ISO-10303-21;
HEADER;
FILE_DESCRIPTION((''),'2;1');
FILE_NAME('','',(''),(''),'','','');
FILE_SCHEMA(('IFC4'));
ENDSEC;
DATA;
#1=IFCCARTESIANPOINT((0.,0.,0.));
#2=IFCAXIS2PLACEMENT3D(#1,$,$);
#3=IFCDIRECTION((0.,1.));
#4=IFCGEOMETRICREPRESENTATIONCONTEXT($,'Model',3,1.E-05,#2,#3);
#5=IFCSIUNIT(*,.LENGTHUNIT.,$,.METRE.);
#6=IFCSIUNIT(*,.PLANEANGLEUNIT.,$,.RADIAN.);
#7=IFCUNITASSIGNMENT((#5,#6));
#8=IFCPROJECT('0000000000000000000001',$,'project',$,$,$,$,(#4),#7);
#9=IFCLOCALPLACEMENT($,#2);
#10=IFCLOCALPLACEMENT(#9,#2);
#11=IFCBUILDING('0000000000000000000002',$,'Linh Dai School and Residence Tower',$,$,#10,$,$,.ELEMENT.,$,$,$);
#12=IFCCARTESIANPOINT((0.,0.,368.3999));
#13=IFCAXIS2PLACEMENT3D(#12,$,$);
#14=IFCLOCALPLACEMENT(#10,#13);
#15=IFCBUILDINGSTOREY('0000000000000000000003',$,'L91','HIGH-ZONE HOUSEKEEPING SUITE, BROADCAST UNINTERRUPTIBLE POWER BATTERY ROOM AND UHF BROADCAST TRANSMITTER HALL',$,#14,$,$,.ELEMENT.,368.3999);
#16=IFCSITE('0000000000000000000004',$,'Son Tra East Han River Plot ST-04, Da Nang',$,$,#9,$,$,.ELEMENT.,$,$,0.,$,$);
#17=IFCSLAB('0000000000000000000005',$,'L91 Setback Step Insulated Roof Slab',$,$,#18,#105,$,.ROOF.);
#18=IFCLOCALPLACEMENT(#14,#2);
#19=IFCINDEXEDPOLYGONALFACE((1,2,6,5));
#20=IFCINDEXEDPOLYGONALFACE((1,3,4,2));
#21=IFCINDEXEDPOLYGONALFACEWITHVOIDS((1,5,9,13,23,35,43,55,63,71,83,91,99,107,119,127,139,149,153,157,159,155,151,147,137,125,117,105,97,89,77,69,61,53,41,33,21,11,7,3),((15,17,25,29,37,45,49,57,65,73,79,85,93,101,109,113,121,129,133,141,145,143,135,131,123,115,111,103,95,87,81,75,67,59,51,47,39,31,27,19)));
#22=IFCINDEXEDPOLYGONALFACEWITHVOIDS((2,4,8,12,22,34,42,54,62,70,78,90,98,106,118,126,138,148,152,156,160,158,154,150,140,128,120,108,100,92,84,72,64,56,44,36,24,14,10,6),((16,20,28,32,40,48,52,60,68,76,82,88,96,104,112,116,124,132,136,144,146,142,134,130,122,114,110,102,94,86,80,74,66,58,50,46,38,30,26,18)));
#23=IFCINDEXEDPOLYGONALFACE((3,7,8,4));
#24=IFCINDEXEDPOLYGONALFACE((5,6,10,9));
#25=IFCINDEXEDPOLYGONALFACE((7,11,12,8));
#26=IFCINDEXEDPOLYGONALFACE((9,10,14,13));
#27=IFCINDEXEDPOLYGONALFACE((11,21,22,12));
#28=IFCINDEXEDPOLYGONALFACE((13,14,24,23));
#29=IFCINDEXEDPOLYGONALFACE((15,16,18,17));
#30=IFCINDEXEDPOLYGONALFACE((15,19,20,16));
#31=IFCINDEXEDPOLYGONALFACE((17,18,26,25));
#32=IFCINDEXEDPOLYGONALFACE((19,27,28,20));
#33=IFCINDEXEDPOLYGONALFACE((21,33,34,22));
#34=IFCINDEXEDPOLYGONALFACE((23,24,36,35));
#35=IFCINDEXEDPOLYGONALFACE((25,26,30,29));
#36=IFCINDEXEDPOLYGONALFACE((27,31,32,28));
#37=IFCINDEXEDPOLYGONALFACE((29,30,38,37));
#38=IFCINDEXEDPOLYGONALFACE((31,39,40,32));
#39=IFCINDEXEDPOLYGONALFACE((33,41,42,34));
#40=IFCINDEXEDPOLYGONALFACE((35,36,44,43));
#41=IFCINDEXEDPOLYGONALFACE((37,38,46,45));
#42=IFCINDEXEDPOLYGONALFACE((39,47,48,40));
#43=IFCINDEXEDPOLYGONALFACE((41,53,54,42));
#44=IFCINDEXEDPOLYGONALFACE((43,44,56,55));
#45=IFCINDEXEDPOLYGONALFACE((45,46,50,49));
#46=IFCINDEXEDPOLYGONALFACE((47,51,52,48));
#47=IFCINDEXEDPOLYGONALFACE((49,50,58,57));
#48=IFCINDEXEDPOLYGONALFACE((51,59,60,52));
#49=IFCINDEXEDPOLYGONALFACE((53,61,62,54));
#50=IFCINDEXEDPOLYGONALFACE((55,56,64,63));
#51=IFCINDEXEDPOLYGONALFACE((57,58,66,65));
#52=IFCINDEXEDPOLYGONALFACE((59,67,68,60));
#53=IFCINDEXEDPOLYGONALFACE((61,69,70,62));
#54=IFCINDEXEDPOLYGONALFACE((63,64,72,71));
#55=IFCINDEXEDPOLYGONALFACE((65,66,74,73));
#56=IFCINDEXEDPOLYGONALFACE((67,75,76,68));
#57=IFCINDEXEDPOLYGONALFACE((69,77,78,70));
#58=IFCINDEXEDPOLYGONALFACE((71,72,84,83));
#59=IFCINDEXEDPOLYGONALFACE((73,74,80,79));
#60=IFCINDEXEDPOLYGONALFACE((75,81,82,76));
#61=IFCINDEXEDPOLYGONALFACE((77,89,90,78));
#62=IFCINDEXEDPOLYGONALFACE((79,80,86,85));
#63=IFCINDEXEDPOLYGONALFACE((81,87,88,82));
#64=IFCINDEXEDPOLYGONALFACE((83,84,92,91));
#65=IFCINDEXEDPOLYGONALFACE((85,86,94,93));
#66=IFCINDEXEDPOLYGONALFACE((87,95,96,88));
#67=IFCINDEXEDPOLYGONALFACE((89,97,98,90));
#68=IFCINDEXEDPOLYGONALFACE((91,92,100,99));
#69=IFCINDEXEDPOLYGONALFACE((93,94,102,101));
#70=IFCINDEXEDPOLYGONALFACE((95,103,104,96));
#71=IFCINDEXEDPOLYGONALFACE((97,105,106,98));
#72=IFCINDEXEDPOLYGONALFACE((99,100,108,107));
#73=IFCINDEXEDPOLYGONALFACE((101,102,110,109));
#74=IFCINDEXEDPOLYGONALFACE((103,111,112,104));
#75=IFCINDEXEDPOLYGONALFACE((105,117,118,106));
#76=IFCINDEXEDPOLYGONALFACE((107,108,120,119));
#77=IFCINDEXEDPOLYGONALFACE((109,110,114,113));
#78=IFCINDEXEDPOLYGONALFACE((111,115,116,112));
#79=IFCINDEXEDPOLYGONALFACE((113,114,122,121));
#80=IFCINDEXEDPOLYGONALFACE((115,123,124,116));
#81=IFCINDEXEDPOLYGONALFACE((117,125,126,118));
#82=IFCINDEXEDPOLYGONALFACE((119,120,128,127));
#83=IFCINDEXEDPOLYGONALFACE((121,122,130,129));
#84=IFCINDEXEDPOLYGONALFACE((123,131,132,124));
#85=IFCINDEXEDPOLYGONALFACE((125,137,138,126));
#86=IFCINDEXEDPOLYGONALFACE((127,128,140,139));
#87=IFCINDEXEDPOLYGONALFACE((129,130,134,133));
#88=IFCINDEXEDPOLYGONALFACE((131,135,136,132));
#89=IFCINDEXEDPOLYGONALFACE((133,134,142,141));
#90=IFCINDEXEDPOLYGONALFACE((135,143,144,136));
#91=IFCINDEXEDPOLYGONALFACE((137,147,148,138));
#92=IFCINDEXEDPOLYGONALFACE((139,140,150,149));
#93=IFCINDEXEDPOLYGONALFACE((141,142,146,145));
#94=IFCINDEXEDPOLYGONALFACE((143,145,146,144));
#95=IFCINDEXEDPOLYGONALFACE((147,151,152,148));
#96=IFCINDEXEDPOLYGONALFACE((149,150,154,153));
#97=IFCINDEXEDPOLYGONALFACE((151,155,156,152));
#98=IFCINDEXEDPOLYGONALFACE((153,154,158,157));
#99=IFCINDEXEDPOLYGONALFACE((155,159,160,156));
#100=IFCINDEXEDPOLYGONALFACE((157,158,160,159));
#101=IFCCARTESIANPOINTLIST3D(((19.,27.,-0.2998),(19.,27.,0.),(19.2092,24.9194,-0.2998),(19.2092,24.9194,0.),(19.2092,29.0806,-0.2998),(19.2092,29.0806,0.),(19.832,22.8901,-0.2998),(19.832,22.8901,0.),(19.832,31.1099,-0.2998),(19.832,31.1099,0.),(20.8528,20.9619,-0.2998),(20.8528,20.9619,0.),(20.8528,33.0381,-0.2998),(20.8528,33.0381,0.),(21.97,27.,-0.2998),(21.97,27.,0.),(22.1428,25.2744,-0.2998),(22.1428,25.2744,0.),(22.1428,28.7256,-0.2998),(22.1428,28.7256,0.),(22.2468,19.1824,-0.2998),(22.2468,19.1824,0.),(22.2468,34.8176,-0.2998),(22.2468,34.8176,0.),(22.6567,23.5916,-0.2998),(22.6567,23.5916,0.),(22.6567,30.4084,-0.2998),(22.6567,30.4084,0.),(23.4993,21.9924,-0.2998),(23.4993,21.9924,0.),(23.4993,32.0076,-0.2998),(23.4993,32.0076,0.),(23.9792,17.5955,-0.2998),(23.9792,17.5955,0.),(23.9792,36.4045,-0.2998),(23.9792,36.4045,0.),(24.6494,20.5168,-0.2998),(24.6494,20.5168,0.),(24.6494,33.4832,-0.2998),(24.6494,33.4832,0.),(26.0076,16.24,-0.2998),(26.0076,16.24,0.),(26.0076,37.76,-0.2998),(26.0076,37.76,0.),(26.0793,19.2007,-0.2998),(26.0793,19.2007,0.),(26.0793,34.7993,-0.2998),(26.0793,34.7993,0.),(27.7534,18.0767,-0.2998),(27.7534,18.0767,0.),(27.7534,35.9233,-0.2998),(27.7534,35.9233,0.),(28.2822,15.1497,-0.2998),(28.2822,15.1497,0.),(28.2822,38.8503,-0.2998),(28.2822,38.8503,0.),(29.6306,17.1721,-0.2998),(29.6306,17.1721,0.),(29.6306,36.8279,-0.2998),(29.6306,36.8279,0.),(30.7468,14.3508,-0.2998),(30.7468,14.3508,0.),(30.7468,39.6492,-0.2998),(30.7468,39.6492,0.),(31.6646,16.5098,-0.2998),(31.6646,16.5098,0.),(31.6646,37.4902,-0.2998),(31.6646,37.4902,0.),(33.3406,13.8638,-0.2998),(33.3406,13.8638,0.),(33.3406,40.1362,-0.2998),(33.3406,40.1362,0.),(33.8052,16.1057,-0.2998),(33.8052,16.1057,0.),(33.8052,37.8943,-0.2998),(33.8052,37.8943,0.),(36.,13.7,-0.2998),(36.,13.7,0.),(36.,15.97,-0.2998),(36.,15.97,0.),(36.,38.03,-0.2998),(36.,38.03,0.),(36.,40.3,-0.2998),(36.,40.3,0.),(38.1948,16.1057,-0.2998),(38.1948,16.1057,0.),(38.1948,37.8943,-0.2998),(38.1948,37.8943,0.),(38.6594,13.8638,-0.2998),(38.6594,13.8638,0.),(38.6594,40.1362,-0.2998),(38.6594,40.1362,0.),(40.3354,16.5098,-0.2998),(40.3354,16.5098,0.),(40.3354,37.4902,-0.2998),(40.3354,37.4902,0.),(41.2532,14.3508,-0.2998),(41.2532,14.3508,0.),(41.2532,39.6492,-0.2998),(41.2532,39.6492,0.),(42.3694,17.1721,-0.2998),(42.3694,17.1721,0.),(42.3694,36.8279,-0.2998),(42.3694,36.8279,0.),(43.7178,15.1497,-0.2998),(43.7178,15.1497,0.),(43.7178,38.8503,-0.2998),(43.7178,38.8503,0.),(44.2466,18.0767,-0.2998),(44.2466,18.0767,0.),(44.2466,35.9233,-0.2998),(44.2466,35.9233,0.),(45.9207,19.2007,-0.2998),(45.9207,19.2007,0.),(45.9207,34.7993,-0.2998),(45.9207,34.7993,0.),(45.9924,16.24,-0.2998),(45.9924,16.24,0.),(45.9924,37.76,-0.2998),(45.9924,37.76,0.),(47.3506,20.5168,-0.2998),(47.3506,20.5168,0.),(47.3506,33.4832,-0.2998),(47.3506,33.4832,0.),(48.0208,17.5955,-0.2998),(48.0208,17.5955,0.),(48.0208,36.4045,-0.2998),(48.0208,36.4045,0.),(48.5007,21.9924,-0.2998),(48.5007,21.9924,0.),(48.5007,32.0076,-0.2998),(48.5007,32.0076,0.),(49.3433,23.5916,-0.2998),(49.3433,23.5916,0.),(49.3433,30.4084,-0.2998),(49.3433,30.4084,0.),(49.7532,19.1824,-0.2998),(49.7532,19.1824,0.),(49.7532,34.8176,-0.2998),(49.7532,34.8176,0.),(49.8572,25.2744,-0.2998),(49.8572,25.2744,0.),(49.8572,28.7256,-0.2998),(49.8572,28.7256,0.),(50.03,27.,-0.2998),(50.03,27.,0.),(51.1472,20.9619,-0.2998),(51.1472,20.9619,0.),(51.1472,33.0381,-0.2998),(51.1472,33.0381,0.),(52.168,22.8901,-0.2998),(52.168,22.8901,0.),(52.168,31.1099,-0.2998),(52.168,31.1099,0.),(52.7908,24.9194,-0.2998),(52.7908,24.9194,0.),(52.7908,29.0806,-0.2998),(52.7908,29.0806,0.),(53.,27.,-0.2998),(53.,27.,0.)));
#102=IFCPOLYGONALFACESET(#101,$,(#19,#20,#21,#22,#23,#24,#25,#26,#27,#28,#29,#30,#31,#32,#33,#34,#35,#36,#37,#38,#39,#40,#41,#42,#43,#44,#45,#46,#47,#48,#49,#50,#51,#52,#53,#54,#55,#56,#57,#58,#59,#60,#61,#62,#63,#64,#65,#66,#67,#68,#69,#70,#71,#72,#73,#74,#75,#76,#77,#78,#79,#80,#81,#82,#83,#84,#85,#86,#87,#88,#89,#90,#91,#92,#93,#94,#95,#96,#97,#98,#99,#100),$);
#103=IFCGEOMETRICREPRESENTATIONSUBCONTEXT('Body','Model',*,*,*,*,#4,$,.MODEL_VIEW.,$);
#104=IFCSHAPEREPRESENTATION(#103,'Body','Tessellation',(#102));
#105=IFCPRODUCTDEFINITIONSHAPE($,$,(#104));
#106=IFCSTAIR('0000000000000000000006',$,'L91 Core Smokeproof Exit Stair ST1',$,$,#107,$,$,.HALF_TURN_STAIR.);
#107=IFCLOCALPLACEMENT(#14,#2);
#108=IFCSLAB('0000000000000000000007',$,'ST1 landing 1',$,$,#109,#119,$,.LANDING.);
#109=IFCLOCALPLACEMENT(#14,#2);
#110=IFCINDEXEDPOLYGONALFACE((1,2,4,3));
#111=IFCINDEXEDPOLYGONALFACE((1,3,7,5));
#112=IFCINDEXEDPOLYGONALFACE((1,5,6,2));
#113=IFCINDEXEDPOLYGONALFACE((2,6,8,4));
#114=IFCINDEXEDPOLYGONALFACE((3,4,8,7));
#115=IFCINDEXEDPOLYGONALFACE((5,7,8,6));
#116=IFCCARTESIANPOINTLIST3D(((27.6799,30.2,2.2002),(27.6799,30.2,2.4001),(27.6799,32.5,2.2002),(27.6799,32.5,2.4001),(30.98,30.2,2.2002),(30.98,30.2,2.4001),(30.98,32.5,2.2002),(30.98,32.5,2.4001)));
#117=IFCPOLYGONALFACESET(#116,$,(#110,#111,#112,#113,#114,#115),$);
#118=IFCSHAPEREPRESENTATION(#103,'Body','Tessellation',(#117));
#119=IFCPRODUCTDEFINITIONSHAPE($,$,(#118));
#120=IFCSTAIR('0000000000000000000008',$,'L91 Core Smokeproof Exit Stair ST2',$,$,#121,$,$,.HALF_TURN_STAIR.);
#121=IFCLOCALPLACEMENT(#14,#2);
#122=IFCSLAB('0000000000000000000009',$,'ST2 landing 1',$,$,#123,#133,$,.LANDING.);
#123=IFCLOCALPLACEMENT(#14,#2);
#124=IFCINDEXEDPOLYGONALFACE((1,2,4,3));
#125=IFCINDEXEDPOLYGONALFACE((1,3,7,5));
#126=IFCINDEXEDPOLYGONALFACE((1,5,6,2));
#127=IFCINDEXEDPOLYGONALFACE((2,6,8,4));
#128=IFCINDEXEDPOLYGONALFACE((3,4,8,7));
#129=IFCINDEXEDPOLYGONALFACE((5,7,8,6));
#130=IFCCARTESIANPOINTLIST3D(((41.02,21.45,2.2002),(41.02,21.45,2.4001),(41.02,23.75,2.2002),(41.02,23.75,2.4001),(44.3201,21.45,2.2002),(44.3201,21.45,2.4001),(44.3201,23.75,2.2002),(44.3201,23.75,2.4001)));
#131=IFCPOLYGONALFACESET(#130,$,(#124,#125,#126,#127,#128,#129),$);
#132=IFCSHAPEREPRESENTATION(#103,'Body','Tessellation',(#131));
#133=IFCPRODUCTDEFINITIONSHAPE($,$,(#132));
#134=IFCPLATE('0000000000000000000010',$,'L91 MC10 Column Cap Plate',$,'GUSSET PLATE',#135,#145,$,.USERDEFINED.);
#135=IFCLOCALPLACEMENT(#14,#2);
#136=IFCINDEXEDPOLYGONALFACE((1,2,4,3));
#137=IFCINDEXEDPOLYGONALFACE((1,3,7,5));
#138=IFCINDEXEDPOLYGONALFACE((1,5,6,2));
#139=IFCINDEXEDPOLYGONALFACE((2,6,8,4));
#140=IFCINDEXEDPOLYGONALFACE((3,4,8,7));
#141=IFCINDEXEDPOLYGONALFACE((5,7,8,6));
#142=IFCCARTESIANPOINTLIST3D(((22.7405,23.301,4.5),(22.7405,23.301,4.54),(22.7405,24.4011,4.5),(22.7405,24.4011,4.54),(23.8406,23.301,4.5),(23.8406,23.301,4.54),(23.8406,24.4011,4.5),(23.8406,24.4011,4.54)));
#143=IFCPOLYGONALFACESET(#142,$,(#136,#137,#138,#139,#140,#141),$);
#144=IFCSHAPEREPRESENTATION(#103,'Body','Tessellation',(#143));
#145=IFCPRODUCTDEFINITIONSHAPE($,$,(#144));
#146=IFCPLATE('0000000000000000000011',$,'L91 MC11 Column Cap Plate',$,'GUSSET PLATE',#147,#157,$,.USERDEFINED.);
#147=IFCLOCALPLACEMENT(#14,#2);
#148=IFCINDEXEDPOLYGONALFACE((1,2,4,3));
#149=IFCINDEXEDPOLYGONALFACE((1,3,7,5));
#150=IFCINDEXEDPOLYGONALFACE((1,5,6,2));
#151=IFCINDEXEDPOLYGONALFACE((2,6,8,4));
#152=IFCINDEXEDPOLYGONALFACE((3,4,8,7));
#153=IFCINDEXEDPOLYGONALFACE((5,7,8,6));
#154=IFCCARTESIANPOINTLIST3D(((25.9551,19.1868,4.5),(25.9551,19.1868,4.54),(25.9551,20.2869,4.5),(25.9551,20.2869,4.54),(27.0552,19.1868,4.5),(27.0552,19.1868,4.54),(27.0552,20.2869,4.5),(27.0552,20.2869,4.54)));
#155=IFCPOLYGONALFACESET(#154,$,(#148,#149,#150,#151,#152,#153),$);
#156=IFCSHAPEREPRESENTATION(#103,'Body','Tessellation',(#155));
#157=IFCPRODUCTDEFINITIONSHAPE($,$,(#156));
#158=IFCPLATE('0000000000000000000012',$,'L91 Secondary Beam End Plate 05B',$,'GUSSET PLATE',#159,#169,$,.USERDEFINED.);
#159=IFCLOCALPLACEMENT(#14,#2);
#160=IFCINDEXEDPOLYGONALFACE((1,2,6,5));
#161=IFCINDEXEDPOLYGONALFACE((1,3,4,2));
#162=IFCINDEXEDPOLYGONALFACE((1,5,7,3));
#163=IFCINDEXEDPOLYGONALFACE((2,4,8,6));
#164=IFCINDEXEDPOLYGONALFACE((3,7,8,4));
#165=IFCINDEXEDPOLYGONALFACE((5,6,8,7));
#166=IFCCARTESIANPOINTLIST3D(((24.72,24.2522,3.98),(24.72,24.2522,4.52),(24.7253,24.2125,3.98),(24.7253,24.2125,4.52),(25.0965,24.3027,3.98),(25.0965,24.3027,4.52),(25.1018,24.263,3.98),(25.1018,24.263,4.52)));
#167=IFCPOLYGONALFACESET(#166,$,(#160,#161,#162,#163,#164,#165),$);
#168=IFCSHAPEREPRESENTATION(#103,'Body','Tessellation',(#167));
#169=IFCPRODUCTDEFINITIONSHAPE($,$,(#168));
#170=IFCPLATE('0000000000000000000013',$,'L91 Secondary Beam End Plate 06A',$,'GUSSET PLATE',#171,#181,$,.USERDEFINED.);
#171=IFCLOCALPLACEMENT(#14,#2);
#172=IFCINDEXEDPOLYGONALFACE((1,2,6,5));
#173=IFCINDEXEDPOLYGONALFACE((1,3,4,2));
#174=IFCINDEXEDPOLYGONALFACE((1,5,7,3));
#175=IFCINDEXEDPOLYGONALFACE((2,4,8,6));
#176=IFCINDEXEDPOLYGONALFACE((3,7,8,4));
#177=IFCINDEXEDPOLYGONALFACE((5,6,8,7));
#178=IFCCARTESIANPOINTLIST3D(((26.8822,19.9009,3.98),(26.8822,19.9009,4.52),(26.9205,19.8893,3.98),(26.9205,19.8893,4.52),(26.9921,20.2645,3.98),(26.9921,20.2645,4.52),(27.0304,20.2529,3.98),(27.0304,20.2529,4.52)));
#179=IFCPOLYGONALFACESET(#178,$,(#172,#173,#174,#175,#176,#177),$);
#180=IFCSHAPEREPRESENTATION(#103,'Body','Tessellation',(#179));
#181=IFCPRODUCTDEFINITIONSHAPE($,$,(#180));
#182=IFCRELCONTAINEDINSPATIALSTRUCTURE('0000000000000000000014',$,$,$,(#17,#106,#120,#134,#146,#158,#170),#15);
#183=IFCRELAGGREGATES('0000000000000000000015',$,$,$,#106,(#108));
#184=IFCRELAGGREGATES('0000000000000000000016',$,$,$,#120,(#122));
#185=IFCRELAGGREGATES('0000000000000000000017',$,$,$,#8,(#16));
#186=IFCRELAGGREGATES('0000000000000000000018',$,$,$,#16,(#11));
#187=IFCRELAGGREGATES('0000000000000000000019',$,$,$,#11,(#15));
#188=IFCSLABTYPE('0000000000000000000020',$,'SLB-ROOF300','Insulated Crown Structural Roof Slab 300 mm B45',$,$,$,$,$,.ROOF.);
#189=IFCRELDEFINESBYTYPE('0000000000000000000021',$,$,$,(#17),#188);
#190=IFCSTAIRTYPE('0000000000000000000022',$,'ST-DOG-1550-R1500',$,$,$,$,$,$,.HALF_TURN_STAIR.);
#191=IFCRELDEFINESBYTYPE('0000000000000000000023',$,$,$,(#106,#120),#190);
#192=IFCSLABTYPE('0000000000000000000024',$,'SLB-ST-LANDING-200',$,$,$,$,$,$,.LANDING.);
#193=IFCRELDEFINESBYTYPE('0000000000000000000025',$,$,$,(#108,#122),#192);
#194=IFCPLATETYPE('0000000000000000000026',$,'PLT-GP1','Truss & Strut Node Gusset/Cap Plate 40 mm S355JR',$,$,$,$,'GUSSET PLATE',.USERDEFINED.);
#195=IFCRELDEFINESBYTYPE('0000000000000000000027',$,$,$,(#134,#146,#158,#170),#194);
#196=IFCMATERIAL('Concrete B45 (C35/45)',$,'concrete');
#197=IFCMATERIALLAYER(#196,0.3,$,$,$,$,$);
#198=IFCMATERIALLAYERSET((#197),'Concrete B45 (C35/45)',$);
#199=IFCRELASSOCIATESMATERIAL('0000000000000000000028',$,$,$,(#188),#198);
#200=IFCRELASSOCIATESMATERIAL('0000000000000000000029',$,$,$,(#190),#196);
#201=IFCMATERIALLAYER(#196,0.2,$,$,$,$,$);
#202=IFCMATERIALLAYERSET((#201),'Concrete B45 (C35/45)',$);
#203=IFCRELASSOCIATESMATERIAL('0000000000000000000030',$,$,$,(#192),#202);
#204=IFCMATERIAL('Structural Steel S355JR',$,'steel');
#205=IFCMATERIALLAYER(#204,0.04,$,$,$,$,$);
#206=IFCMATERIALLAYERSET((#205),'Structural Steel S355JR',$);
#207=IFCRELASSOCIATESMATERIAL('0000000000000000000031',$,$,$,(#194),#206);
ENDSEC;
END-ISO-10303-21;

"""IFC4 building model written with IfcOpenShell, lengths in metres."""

from ifc_helpers import new_model, si_unit, direction, frame, origin, origin_2d, place, context, subcontext, project, spatial, polyline, rectangle, outline, extrude, source, transform, mapped, material, layer, layer_set, type_object, element, aggregate, save


model = new_model("IFC4")

# Units and contexts
model_context = context("Model", 3, precision=1e-05, world=origin(), true_north=direction((0.0, 1.0)))
body_context = subcontext(model_context, "Body", "Model", "MODEL_VIEW")
ifc_project = project(units=[si_unit("LENGTHUNIT", "METRE"), si_unit("PLANEANGLEUNIT", "RADIAN")], contexts=[model_context])

# Site, building, storey
site_placement = place(None, origin())
site = spatial("IfcSite", under=ifc_project, at=site_placement, Name="Son Tra East Han River Plot ST-04, Da Nang", CompositionType="ELEMENT", RefElevation=0.0)
building_placement = place(site_placement, origin())
building = spatial("IfcBuilding", under=site, at=building_placement, Name="Linh Dai School and Residence Tower", CompositionType="ELEMENT")
storey_placement = place(building_placement, frame((0.0, 0.0, 368.3999)))
storey = spatial("IfcBuildingStorey", under=building, at=storey_placement, Name="L91", Description="HIGH-ZONE HOUSEKEEPING SUITE, BROADCAST UNINTERRUPTIBLE POWER BATTERY ROOM AND UHF BROADCAST TRANSMITTER HALL", CompositionType="ELEMENT", Elevation=368.3999)

# Shared definitions
ifc_material_1 = material(Name="Concrete B45 (C35/45)", Category="concrete")
ifc_material_2 = material(Name="Structural Steel S355JR", Category="steel")

# Slab
ifc_layer_1 = layer(ifc_material_1, 0.3)
ifc_layer_set_1 = layer_set([ifc_layer_1], Name="Concrete B45 (C35/45)")
slab_type_1 = type_object("IfcSlabType", Name="SLB-ROOF300", Description="Insulated Crown Structural Roof Slab 300 mm B45", PredefinedType="ROOF", material=ifc_layer_set_1)
slab_1_placement = place(storey_placement, frame((0.0, 0.0, -0.2998)))
element("IfcSlab", 1, at=slab_1_placement, inside=storey, type_object=slab_type_1, Name="L91 Setback Step Insulated Roof Slab", PredefinedType="ROOF", context=body_context, shape_type="SweptSolid", body=[
    extrude(outline(polyline([(53.0, 27.0), (52.7908, 29.0806), (52.168, 31.1099), (51.1472, 33.0381), (49.7532, 34.8176), (48.0208, 36.4045), (45.9924, 37.76), (43.7178, 38.8503), (41.2532, 39.6492), (38.6594, 40.1362), (36.0, 40.3), (33.3406, 40.1362), (30.7468, 39.6492), (28.2822, 38.8503), (26.0076, 37.76), (23.9792, 36.4045), (22.2468, 34.8176), (20.8528, 33.0381), (19.832, 31.1099), (19.2092, 29.0806), (19.0, 27.0), (19.2092, 24.9194), (19.832, 22.8901), (20.8528, 20.9619), (22.2468, 19.1824), (23.9792, 17.5955), (26.0076, 16.24), (28.2822, 15.1497), (30.7468, 14.3508), (33.3406, 13.8638), (36.0, 13.7), (38.6594, 13.8638), (41.2532, 14.3508), (43.7178, 15.1497), (45.9924, 16.24), (48.0208, 17.5955), (49.7532, 19.1824), (51.1472, 20.9619), (52.168, 22.8901), (52.7908, 24.9194), (53.0, 27.0)]), holes=[polyline([(50.03, 27.0), (49.8572, 28.7256), (49.3433, 30.4084), (48.5007, 32.0076), (47.3506, 33.4832), (45.9207, 34.7993), (44.2466, 35.9233), (42.3694, 36.8279), (40.3354, 37.4902), (38.1948, 37.8943), (36.0, 38.03), (33.8052, 37.8943), (31.6646, 37.4902), (29.6306, 36.8279), (27.7534, 35.9233), (26.0793, 34.7993), (24.6494, 33.4832), (23.4993, 32.0076), (22.6567, 30.4084), (22.1428, 28.7256), (21.97, 27.0), (22.1428, 25.2744), (22.6567, 23.5916), (23.4993, 21.9924), (24.6494, 20.5168), (26.0793, 19.2007), (27.7534, 18.0767), (29.6306, 17.1721), (31.6646, 16.5098), (33.8052, 16.1057), (36.0, 15.97), (38.1948, 16.1057), (40.3354, 16.5098), (42.3694, 17.1721), (44.2466, 18.0767), (45.9207, 19.2007), (47.3506, 20.5168), (48.5007, 21.9924), (49.3433, 23.5916), (49.8572, 25.2744), (50.03, 27.0)])]), origin(), (0.0, 0.0, 1.0), 0.2998),
])

# Stairs, slabs
stair_type = type_object("IfcStairType", Name="ST-DOG-1550-R1500", PredefinedType="HALF_TURN_STAIR", material=ifc_material_1)
stair_1_placement = place(storey_placement, origin())
stair_1 = element("IfcStair", 2, at=stair_1_placement, inside=storey, type_object=stair_type, Name="L91 Core Smokeproof Exit Stair ST1", PredefinedType="HALF_TURN_STAIR")
ifc_layer_2 = layer(ifc_material_1, 0.2)
ifc_layer_set_2 = layer_set([ifc_layer_2], Name="Concrete B45 (C35/45)")
slab_type_2 = type_object("IfcSlabType", Name="SLB-ST-LANDING-200", PredefinedType="LANDING", material=ifc_layer_set_2)
slab_2_placement = place(storey_placement, frame((0.0, 0.0, 2.2002)))
slab_2 = element("IfcSlab", 3, at=slab_2_placement, type_object=slab_type_2, Name="ST1 landing 1", PredefinedType="LANDING", context=body_context, shape_type="SweptSolid", body=[
    extrude(outline(polyline([(30.98, 30.2), (30.98, 32.5), (27.6799, 32.5), (27.6799, 30.2), (30.98, 30.2)])), origin(), (0.0, 0.0, 1.0), 0.2),
])
aggregate(stair_1, [slab_2])
stair_2_placement = place(storey_placement, origin())
stair_2 = element("IfcStair", 4, at=stair_2_placement, inside=storey, type_object=stair_type, Name="L91 Core Smokeproof Exit Stair ST2", PredefinedType="HALF_TURN_STAIR")
slab_3_placement = place(storey_placement, frame((0.0, 0.0, 2.2002)))
slab_3 = element("IfcSlab", 5, at=slab_3_placement, type_object=slab_type_2, Name="ST2 landing 1", PredefinedType="LANDING", context=body_context, shape_type="SweptSolid", body=[
    extrude(outline(polyline([(41.02, 23.75), (41.02, 21.45), (44.3201, 21.45), (44.3201, 23.75), (41.02, 23.75)])), origin(), (0.0, 0.0, 1.0), 0.2),
])
aggregate(stair_2, [slab_3])

# Plates
ifc_layer_3 = layer(ifc_material_2, 0.04)
ifc_layer_set_3 = layer_set([ifc_layer_3], Name="Structural Steel S355JR")
plate_type = type_object("IfcPlateType", Name="PLT-GP1", Description="Truss & Strut Node Gusset/Cap Plate 40 mm S355JR", ElementType="GUSSET PLATE", PredefinedType="USERDEFINED", material=ifc_layer_set_3)
shared_shape_1 = source(origin(), body_context, "Body", "SweptSolid", [
    extrude(rectangle(XDim=1.1001, YDim=1.1001, at=origin_2d()), origin(), (0.0, 0.0, 1.0), 0.04),
])
for number, where, z_axis, x_axis, name in (
    (6, (23.2905, 23.8511, 4.5), (0.0, 0.0, 1.0), (1.0, 0.0, 0.0), "L91 MC10 Column Cap Plate"),
    (7, (26.5051, 19.7368, 4.5), (0.0, 0.0, 1.0), (1.0, 0.0, 0.0), "L91 MC11 Column Cap Plate"),
):
    element("IfcPlate", number, at=place(storey_placement, frame(where, z_axis=z_axis, x_axis=x_axis)), inside=storey, type_object=plate_type, Name=name, ObjectType="GUSSET PLATE", PredefinedType="USERDEFINED", context=body_context, shape_type="MappedRepresentation", body=[
        mapped(shared_shape_1, transform((0.0, 0.0, 0.0), x_axis=(1.0, 0.0, 0.0), y_axis=(0.0, 1.0, 0.0), z_axis=(0.0, 0.0, 1.0), scale=1.0)),
    ])
shared_shape_2 = source(origin(), body_context, "Body", "SweptSolid", [
    extrude(rectangle(XDim=0.04, YDim=0.3799, at=origin_2d()), origin(), (0.0, 0.0, 1.0), 0.54),
])
for number, where, z_axis, x_axis, name in (
    (8, (24.9109, 24.2576, 3.98), (0.0, 0.0, 1.0), (0.132973, -0.99112, 0.0), "L91 Secondary Beam End Plate 05B"),
    (9, (26.9563, 20.0769, 3.98), (0.0, 0.0, 1.0), (0.957203, -0.289419, 0.0), "L91 Secondary Beam End Plate 06A"),
):
    element("IfcPlate", number, at=place(storey_placement, frame(where, z_axis=z_axis, x_axis=x_axis)), inside=storey, type_object=plate_type, Name=name, ObjectType="GUSSET PLATE", PredefinedType="USERDEFINED", context=body_context, shape_type="MappedRepresentation", body=[
        mapped(shared_shape_2, transform((0.0, 0.0, 0.0), x_axis=(1.0, 0.0, 0.0), y_axis=(0.0, 1.0, 0.0), z_axis=(0.0, 0.0, 1.0), scale=1.0)),
    ])

save(model, "model.ifc")
